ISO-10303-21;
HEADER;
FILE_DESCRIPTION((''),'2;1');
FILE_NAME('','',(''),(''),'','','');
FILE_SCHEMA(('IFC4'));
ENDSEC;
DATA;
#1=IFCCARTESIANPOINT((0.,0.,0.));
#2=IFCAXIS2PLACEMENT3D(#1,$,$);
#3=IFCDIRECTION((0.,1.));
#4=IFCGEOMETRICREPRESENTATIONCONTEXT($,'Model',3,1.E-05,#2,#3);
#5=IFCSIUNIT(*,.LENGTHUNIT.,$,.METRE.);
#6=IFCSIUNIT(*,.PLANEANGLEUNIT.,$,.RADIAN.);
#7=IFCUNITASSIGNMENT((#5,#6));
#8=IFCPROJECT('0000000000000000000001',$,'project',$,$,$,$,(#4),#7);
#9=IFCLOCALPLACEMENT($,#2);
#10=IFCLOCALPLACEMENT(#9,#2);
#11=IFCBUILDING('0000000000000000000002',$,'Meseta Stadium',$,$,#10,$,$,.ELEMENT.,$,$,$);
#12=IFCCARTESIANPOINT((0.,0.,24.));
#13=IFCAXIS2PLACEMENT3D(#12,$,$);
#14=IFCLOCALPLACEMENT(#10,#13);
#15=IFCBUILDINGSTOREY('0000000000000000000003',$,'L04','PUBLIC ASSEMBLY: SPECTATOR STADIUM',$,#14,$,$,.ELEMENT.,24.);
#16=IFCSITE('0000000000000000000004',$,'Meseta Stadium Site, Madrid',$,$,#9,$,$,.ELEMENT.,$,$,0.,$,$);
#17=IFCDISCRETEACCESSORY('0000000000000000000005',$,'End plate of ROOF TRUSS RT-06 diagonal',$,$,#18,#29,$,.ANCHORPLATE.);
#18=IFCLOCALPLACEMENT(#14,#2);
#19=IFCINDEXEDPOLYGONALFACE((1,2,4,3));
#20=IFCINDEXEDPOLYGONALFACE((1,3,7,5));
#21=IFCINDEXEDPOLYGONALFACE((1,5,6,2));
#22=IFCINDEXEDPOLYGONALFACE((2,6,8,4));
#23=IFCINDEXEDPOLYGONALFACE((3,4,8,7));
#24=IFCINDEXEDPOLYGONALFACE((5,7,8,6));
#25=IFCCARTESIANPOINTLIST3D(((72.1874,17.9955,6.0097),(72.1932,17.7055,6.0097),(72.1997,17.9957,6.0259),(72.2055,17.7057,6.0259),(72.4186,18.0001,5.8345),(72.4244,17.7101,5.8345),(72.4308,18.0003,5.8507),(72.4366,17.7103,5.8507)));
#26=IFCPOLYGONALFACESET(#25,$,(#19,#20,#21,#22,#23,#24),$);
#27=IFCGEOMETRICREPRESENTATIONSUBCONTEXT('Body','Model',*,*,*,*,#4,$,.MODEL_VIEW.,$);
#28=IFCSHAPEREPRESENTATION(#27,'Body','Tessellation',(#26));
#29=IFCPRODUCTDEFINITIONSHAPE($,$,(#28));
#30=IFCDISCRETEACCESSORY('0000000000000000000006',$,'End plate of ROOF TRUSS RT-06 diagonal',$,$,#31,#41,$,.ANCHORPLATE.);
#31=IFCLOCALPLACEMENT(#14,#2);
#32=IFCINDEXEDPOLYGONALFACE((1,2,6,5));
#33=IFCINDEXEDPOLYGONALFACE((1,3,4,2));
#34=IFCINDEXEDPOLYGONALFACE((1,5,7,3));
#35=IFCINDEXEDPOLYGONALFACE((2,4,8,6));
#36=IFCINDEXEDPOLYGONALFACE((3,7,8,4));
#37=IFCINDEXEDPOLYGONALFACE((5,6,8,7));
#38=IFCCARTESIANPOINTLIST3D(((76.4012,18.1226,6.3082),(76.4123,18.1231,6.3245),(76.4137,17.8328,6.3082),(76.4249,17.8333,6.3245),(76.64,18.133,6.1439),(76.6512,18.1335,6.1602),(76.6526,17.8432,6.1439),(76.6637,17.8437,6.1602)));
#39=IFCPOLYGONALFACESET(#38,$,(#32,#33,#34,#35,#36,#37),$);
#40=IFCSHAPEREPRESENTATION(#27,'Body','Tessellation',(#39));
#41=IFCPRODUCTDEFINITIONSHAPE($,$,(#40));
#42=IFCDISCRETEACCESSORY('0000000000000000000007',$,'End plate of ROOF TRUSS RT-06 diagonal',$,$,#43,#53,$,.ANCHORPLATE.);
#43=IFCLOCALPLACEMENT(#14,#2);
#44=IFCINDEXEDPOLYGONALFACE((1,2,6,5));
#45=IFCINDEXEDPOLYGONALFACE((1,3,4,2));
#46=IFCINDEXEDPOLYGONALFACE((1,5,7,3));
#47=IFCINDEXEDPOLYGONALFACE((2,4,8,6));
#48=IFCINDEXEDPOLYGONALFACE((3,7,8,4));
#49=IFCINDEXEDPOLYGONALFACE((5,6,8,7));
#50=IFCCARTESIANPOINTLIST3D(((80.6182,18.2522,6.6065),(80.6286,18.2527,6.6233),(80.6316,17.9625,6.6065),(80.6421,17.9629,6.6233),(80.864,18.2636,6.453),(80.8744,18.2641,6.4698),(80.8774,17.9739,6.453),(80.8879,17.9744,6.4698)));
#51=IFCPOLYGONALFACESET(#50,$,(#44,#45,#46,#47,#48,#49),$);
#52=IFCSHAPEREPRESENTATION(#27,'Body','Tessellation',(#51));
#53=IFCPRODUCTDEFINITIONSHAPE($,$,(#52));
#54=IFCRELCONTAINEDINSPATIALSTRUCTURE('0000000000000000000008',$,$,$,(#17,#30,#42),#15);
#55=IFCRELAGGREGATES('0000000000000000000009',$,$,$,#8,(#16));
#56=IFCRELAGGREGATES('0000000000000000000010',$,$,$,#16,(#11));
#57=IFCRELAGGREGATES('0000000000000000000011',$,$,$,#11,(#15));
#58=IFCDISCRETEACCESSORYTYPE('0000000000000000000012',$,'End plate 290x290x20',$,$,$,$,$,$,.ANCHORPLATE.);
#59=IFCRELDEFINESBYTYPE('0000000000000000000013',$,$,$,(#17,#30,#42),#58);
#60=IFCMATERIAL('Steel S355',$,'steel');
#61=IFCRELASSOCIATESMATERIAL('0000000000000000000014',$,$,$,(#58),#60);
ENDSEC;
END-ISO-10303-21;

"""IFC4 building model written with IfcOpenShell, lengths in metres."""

from ifc_helpers import new_model, si_unit, direction, frame, origin, origin_2d, place, context, subcontext, project, spatial, rectangle, extrude, material, material_profile, profile_set, type_object, element, save


model = new_model("IFC4")

# Units and contexts
model_context = context("Model", 3, precision=1e-05, world=origin(), true_north=direction((0.0, 1.0)))
body_context = subcontext(model_context, "Body", "Model", "MODEL_VIEW")
ifc_project = project(units=[si_unit("LENGTHUNIT", "METRE"), si_unit("PLANEANGLEUNIT", "RADIAN")], contexts=[model_context])

# Site, building, storey
site_placement = place(None, origin())
site = spatial("IfcSite", under=ifc_project, at=site_placement, Name="Meseta Stadium Site, Madrid", CompositionType="ELEMENT", RefElevation=0.0)
building_placement = place(site_placement, origin())
building = spatial("IfcBuilding", under=site, at=building_placement, Name="Meseta Stadium", CompositionType="ELEMENT")
storey_placement = place(building_placement, frame((0.0, 0.0, 24.0)))
storey = spatial("IfcBuildingStorey", under=building, at=storey_placement, Name="L04", Description="PUBLIC ASSEMBLY: SPECTATOR STADIUM", CompositionType="ELEMENT", Elevation=24.0)

# Discrete accessories
ifc_material_1 = material(Name="Steel S355", Category="steel")
ifc_material_profile_1 = material_profile(ifc_material_1, rectangle(XDim=0.29, YDim=0.29, at=origin_2d()), Name="PL 290x290")
ifc_profile_set_1 = profile_set([ifc_material_profile_1], Name="Steel S355")
discrete_accessory_type_1 = type_object("IfcDiscreteAccessoryType", Name="End plate 290x290x20", PredefinedType="ANCHORPLATE", material=ifc_profile_set_1)
discrete_accessory_1_placement = place(storey_placement, frame((72.3059, 17.8528, 5.9221), z_axis=(0.603814, 0.012076, 0.797034), x_axis=(-0.019996, 0.9998, 0.0)))
element("IfcDiscreteAccessory", 1, at=discrete_accessory_1_placement, inside=storey, type_object=discrete_accessory_type_1, Name="End plate of ROOF TRUSS RT-06 diagonal", PredefinedType="ANCHORPLATE", context=body_context, shape_type="SweptSolid", body=[
    extrude(rectangle(XDim=0.29, YDim=0.29, at=origin_2d()), origin(), (0.0, 0.0, 1.0), 0.0203),
])
for number, where, z_axis, x_axis, name in (
    (2, (76.5269, 17.9829, 6.2261), (0.565835, 0.024602, 0.824151), (-0.043437, 0.999056, 0.0), "End plate of ROOF TRUSS RT-06 diagonal"),
    (3, (80.7478, 18.113, 6.5298), (0.528733, 0.024592, 0.848432), (-0.046461, 0.99892, 0.0), "End plate of ROOF TRUSS RT-06 diagonal"),
):
    element("IfcDiscreteAccessory", number, at=place(storey_placement, frame(where, z_axis=z_axis, x_axis=x_axis)), inside=storey, type_object=discrete_accessory_type_1, Name=name, PredefinedType="ANCHORPLATE", context=body_context, shape_type="SweptSolid", body=[
        extrude(rectangle(XDim=0.29, YDim=0.29, at=origin_2d()), origin(), (0.0, 0.0, 1.0), 0.0198),
    ])

save(model, "model.ifc")
